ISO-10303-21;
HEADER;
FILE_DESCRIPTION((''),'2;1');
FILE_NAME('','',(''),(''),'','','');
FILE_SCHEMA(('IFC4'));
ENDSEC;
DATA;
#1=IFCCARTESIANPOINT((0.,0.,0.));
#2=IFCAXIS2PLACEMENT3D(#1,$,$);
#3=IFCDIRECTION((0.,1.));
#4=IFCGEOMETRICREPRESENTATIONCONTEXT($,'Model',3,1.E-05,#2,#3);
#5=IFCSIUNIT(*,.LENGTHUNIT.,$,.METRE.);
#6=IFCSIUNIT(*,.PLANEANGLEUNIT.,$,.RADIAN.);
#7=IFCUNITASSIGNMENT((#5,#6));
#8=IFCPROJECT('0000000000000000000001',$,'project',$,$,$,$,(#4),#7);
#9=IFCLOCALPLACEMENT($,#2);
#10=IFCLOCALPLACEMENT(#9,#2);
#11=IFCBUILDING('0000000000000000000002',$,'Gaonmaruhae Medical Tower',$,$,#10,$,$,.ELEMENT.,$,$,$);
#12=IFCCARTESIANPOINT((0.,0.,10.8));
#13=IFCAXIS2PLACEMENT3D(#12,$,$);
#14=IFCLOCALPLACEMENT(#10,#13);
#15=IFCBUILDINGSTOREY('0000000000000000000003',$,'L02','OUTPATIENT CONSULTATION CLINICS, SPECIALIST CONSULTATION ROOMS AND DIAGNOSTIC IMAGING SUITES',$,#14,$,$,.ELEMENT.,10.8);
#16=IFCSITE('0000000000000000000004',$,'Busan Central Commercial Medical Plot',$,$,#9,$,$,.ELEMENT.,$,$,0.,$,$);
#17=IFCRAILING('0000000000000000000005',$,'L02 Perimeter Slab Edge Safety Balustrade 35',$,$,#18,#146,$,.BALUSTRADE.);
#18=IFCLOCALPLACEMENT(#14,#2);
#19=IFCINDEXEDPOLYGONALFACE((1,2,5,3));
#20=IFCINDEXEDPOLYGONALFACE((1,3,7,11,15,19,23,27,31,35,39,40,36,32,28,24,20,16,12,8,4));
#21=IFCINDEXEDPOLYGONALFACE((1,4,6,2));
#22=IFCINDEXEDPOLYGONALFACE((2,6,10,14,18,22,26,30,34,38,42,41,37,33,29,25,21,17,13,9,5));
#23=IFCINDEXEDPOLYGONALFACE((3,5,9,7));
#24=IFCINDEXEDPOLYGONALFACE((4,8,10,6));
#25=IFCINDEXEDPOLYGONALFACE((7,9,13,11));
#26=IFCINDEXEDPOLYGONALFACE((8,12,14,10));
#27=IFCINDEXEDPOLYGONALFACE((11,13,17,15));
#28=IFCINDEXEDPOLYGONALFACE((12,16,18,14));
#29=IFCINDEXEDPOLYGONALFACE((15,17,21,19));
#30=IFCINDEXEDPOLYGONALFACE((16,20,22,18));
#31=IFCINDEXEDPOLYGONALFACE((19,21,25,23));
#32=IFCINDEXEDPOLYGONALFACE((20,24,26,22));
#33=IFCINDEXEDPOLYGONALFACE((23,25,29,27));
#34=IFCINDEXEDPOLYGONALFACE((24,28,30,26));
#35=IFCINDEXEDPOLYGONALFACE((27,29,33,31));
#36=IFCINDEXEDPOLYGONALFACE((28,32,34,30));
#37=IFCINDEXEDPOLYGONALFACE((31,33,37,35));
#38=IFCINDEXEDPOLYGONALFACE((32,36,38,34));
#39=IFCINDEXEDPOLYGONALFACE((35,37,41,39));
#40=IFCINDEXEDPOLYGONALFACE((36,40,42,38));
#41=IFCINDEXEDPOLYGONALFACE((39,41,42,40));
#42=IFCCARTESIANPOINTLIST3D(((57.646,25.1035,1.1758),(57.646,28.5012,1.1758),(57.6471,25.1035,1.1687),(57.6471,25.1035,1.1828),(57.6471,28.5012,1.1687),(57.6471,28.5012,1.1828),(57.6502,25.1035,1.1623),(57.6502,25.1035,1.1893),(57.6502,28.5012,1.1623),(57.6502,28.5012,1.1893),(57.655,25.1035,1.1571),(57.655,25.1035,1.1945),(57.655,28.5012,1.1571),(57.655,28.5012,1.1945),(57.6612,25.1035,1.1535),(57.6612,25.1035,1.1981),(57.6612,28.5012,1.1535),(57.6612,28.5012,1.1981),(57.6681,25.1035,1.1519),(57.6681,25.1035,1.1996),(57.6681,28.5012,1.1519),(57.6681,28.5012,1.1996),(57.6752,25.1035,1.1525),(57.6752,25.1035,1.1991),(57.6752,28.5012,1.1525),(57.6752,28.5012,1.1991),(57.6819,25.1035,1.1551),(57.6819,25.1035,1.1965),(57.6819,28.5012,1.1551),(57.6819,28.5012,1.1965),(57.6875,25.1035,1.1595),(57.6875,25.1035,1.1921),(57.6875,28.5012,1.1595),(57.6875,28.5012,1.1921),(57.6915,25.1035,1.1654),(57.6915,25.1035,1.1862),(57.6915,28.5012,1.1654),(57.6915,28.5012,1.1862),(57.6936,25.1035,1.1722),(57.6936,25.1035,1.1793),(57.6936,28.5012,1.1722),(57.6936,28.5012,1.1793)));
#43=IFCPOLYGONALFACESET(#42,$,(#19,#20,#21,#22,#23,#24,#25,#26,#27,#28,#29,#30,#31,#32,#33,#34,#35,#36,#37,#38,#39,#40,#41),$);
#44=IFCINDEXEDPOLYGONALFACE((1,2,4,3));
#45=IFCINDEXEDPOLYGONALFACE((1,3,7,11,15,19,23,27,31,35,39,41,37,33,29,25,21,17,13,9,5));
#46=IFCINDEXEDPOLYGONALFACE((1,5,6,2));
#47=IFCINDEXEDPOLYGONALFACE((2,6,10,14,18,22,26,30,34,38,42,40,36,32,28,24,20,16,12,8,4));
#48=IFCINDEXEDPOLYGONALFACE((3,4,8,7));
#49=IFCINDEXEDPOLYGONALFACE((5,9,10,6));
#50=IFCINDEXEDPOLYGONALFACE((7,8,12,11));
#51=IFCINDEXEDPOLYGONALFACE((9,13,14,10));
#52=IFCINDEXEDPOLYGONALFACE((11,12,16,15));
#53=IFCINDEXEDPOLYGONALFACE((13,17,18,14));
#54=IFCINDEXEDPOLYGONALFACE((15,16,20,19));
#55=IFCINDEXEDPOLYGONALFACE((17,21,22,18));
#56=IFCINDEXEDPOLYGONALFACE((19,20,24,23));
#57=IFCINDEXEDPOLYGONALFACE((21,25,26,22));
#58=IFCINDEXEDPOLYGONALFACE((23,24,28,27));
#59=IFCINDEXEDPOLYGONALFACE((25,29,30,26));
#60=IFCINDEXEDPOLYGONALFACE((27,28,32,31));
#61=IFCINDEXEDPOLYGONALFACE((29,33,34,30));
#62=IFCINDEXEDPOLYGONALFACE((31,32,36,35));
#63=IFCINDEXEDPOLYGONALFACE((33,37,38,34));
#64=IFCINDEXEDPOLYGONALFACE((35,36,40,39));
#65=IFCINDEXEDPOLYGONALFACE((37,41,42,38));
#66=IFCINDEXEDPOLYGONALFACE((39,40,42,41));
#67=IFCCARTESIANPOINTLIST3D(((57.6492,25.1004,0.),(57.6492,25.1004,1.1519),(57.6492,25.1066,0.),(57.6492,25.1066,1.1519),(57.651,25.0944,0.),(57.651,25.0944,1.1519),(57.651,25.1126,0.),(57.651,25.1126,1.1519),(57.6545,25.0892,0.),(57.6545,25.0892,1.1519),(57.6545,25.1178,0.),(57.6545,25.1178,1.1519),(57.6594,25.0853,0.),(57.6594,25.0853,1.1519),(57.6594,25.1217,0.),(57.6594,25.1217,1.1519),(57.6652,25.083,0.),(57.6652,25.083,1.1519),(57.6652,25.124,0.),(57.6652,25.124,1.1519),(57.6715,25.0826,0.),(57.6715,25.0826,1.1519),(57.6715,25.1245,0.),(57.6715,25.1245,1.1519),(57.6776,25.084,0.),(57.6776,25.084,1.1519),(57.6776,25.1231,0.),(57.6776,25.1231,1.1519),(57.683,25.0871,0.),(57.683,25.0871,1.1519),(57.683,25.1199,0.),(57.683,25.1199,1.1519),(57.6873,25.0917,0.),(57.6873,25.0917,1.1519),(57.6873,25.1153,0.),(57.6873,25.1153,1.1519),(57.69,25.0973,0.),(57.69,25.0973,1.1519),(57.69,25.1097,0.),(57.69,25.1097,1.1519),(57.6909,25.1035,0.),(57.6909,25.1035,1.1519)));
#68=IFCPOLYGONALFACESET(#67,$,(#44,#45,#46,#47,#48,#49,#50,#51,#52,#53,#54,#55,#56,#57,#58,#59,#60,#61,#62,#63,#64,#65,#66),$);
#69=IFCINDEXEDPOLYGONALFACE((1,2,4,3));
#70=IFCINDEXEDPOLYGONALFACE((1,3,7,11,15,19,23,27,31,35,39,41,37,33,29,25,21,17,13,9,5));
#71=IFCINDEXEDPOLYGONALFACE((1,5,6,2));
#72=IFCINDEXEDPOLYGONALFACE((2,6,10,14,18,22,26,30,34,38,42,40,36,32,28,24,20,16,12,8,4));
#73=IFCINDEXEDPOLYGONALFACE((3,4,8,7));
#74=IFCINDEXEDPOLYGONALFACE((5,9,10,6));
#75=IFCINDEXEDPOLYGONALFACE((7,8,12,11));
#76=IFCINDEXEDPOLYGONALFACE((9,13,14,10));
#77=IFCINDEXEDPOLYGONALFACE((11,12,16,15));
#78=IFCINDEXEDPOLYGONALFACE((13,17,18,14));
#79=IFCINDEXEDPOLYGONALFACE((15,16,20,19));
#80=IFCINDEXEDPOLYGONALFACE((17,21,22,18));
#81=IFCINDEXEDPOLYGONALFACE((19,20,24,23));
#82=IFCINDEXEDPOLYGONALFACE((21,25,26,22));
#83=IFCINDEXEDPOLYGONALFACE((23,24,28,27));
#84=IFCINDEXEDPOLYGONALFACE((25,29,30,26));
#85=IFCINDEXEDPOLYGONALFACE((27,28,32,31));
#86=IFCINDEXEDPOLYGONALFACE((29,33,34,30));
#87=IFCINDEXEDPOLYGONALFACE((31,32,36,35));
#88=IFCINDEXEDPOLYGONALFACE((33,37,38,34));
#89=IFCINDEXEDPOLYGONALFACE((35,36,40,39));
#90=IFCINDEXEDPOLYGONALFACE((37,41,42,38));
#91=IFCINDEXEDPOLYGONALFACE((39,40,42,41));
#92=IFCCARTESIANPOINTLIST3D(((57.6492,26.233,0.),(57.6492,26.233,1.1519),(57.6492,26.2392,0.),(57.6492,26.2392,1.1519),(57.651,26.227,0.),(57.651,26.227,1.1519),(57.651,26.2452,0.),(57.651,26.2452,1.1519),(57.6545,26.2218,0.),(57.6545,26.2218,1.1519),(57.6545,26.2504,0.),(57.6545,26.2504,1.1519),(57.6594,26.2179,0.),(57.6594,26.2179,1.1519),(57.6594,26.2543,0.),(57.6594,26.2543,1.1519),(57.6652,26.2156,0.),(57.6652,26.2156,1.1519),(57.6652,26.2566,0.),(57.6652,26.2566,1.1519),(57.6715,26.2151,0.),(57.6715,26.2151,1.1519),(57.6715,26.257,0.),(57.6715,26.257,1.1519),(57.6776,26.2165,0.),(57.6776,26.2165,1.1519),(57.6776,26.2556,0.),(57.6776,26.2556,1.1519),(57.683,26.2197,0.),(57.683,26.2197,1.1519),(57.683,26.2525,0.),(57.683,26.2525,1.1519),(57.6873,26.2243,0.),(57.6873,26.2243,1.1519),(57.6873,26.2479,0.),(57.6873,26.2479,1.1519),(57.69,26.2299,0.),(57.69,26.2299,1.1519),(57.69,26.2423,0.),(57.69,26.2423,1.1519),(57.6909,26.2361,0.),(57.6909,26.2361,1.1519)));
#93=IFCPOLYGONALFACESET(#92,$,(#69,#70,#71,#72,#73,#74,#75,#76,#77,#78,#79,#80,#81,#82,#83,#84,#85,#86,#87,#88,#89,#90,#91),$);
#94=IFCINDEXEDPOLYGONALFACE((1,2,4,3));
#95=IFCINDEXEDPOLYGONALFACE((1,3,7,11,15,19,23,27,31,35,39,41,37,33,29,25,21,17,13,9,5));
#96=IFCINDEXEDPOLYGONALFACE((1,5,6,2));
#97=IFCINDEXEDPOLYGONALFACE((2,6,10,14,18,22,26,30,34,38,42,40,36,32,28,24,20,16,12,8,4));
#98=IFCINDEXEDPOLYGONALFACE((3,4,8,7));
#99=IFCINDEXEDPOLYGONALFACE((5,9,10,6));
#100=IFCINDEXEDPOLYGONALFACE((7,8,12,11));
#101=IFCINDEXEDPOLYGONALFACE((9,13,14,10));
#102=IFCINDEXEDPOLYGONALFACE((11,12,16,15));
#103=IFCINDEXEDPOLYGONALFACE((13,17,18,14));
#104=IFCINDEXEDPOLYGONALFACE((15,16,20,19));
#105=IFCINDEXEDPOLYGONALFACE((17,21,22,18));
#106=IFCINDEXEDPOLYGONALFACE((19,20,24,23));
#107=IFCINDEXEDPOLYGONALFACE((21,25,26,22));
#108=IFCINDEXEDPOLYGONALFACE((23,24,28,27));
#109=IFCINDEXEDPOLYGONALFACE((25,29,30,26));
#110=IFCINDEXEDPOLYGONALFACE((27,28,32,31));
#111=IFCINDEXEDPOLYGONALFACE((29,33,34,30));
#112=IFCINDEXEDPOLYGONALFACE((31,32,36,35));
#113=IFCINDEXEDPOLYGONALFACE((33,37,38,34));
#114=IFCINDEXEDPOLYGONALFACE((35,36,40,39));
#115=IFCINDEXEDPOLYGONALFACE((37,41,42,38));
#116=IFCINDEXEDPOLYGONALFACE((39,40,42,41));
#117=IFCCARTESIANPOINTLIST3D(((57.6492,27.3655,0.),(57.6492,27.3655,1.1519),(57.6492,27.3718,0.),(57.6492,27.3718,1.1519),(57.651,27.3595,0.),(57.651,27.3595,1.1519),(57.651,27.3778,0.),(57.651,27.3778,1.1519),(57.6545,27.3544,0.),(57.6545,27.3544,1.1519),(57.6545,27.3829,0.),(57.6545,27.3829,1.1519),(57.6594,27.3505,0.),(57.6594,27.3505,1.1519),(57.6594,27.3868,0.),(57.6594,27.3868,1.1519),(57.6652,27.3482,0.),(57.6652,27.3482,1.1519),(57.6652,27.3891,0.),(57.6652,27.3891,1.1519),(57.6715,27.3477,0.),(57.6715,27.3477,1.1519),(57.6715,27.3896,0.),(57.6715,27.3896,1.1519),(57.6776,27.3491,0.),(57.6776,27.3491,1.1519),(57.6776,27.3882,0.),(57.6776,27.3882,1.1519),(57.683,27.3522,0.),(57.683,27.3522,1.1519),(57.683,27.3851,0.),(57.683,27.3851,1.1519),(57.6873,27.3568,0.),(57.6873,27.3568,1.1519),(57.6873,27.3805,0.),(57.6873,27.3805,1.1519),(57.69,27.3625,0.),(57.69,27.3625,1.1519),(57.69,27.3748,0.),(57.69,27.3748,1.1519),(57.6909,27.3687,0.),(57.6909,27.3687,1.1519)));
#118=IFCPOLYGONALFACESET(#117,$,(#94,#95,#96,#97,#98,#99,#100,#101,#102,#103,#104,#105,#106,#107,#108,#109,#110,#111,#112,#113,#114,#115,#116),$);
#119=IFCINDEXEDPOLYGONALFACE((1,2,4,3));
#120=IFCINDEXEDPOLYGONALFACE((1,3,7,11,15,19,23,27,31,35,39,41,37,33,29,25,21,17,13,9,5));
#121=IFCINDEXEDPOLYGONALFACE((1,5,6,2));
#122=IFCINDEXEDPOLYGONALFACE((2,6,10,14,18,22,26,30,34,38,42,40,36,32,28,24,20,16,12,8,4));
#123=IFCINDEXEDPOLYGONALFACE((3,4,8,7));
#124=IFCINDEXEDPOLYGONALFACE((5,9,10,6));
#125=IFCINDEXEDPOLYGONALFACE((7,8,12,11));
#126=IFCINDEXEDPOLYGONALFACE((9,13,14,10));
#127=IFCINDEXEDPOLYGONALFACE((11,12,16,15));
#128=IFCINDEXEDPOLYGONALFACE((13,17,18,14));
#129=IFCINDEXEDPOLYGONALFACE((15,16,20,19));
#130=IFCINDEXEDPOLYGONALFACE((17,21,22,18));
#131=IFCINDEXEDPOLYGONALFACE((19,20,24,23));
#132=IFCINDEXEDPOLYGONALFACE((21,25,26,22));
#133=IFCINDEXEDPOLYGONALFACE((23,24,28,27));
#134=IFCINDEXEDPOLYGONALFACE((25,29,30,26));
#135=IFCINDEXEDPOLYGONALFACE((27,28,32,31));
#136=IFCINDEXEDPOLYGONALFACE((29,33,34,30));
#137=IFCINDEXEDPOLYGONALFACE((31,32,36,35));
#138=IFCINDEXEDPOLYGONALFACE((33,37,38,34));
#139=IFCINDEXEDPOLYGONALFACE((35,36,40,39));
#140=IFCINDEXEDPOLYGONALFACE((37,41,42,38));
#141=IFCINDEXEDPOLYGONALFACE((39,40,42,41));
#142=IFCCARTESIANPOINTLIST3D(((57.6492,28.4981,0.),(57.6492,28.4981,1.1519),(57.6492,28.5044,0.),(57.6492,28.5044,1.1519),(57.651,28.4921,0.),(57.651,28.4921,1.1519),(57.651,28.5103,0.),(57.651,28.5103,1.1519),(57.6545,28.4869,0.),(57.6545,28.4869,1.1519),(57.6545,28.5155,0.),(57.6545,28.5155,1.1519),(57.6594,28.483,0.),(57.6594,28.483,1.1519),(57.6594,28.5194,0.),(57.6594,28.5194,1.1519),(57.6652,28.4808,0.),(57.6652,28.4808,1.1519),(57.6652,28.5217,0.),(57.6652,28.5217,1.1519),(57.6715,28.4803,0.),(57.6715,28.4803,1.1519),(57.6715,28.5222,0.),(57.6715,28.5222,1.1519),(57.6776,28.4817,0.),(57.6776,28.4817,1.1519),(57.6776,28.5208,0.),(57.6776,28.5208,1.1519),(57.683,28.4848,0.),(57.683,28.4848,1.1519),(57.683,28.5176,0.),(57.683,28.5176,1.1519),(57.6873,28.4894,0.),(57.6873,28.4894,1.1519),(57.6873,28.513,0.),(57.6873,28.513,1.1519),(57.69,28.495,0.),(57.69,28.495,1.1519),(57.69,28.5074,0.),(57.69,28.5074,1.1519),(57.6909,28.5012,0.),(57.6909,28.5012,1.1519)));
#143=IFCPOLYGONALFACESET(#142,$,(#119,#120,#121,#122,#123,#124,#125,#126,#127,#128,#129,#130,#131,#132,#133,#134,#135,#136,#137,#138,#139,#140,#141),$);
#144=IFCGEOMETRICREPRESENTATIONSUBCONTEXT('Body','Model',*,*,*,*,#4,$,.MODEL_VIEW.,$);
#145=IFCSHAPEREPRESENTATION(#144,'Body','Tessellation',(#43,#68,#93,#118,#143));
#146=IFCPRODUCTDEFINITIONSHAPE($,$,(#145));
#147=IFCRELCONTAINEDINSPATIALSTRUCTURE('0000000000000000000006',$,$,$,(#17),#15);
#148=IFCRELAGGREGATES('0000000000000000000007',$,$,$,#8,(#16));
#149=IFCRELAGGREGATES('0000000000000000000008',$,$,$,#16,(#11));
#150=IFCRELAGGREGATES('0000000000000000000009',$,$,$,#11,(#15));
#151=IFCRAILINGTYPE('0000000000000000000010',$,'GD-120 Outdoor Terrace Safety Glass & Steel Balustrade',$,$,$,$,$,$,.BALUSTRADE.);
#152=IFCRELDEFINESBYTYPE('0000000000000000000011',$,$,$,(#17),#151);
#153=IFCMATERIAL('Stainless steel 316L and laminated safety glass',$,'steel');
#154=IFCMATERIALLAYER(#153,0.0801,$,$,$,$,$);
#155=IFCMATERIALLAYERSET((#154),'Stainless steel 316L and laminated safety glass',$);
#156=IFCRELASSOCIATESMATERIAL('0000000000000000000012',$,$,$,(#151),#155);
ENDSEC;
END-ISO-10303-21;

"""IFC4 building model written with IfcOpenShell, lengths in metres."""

from ifc_helpers import new_model, si_unit, direction, frame, origin, origin_2d, place, context, subcontext, project, spatial, circle, extrude, material, layer, layer_set, type_object, element, save


model = new_model("IFC4")

# Units and contexts
model_context = context("Model", 3, precision=1e-05, world=origin(), true_north=direction((0.0, 1.0)))
body_context = subcontext(model_context, "Body", "Model", "MODEL_VIEW")
ifc_project = project(units=[si_unit("LENGTHUNIT", "METRE"), si_unit("PLANEANGLEUNIT", "RADIAN")], contexts=[model_context])

# Site, building, storey
site_placement = place(None, origin())
site = spatial("IfcSite", under=ifc_project, at=site_placement, Name="Busan Central Commercial Medical Plot", CompositionType="ELEMENT", RefElevation=0.0)
building_placement = place(site_placement, origin())
building = spatial("IfcBuilding", under=site, at=building_placement, Name="Gaonmaruhae Medical Tower", CompositionType="ELEMENT")
storey_placement = place(building_placement, frame((0.0, 0.0, 10.8)))
storey = spatial("IfcBuildingStorey", under=building, at=storey_placement, Name="L02", Description="OUTPATIENT CONSULTATION CLINICS, SPECIALIST CONSULTATION ROOMS AND DIAGNOSTIC IMAGING SUITES", CompositionType="ELEMENT", Elevation=10.8)

# Railing
ifc_material_1 = material(Name="Stainless steel 316L and laminated safety glass", Category="steel")
ifc_layer_1 = layer(ifc_material_1, 0.0801)
ifc_layer_set_1 = layer_set([ifc_layer_1], Name="Stainless steel 316L and laminated safety glass")
railing_type = type_object("IfcRailingType", Name="GD-120 Outdoor Terrace Safety Glass & Steel Balustrade", PredefinedType="BALUSTRADE", material=ifc_layer_set_1)
railing_1_placement = place(storey_placement, frame((57.6699, 25.1035, 0.0)))
element("IfcRailing", 1, at=railing_1_placement, inside=storey, type_object=railing_type, Name="L02 Perimeter Slab Edge Safety Balustrade 35", PredefinedType="BALUSTRADE", context=body_context, shape_type="SweptSolid", body=[
    extrude(circle(Radius=0.0239, at=origin_2d()), frame((0.0, 0.0, 1.1758), z_axis=(0.0, 1.0, 0.0), x_axis=(-1.0, 0.0, 0.0)), (0.0, 0.0, 1.0), 3.3977),
    extrude(circle(Radius=0.021, at=origin_2d()), origin(), (0.0, 0.0, 1.0), 1.1519),
    extrude(circle(Radius=0.021, at=origin_2d()), frame((0.0, 1.1326, 0.0)), (0.0, 0.0, 1.0), 1.1519),
    extrude(circle(Radius=0.021, at=origin_2d()), frame((0.0, 2.2651, 0.0)), (0.0, 0.0, 1.0), 1.1519),
    extrude(circle(Radius=0.021, at=origin_2d()), frame((0.0, 3.3977, 0.0)), (0.0, 0.0, 1.0), 1.1519),
])

save(model, "model.ifc")
